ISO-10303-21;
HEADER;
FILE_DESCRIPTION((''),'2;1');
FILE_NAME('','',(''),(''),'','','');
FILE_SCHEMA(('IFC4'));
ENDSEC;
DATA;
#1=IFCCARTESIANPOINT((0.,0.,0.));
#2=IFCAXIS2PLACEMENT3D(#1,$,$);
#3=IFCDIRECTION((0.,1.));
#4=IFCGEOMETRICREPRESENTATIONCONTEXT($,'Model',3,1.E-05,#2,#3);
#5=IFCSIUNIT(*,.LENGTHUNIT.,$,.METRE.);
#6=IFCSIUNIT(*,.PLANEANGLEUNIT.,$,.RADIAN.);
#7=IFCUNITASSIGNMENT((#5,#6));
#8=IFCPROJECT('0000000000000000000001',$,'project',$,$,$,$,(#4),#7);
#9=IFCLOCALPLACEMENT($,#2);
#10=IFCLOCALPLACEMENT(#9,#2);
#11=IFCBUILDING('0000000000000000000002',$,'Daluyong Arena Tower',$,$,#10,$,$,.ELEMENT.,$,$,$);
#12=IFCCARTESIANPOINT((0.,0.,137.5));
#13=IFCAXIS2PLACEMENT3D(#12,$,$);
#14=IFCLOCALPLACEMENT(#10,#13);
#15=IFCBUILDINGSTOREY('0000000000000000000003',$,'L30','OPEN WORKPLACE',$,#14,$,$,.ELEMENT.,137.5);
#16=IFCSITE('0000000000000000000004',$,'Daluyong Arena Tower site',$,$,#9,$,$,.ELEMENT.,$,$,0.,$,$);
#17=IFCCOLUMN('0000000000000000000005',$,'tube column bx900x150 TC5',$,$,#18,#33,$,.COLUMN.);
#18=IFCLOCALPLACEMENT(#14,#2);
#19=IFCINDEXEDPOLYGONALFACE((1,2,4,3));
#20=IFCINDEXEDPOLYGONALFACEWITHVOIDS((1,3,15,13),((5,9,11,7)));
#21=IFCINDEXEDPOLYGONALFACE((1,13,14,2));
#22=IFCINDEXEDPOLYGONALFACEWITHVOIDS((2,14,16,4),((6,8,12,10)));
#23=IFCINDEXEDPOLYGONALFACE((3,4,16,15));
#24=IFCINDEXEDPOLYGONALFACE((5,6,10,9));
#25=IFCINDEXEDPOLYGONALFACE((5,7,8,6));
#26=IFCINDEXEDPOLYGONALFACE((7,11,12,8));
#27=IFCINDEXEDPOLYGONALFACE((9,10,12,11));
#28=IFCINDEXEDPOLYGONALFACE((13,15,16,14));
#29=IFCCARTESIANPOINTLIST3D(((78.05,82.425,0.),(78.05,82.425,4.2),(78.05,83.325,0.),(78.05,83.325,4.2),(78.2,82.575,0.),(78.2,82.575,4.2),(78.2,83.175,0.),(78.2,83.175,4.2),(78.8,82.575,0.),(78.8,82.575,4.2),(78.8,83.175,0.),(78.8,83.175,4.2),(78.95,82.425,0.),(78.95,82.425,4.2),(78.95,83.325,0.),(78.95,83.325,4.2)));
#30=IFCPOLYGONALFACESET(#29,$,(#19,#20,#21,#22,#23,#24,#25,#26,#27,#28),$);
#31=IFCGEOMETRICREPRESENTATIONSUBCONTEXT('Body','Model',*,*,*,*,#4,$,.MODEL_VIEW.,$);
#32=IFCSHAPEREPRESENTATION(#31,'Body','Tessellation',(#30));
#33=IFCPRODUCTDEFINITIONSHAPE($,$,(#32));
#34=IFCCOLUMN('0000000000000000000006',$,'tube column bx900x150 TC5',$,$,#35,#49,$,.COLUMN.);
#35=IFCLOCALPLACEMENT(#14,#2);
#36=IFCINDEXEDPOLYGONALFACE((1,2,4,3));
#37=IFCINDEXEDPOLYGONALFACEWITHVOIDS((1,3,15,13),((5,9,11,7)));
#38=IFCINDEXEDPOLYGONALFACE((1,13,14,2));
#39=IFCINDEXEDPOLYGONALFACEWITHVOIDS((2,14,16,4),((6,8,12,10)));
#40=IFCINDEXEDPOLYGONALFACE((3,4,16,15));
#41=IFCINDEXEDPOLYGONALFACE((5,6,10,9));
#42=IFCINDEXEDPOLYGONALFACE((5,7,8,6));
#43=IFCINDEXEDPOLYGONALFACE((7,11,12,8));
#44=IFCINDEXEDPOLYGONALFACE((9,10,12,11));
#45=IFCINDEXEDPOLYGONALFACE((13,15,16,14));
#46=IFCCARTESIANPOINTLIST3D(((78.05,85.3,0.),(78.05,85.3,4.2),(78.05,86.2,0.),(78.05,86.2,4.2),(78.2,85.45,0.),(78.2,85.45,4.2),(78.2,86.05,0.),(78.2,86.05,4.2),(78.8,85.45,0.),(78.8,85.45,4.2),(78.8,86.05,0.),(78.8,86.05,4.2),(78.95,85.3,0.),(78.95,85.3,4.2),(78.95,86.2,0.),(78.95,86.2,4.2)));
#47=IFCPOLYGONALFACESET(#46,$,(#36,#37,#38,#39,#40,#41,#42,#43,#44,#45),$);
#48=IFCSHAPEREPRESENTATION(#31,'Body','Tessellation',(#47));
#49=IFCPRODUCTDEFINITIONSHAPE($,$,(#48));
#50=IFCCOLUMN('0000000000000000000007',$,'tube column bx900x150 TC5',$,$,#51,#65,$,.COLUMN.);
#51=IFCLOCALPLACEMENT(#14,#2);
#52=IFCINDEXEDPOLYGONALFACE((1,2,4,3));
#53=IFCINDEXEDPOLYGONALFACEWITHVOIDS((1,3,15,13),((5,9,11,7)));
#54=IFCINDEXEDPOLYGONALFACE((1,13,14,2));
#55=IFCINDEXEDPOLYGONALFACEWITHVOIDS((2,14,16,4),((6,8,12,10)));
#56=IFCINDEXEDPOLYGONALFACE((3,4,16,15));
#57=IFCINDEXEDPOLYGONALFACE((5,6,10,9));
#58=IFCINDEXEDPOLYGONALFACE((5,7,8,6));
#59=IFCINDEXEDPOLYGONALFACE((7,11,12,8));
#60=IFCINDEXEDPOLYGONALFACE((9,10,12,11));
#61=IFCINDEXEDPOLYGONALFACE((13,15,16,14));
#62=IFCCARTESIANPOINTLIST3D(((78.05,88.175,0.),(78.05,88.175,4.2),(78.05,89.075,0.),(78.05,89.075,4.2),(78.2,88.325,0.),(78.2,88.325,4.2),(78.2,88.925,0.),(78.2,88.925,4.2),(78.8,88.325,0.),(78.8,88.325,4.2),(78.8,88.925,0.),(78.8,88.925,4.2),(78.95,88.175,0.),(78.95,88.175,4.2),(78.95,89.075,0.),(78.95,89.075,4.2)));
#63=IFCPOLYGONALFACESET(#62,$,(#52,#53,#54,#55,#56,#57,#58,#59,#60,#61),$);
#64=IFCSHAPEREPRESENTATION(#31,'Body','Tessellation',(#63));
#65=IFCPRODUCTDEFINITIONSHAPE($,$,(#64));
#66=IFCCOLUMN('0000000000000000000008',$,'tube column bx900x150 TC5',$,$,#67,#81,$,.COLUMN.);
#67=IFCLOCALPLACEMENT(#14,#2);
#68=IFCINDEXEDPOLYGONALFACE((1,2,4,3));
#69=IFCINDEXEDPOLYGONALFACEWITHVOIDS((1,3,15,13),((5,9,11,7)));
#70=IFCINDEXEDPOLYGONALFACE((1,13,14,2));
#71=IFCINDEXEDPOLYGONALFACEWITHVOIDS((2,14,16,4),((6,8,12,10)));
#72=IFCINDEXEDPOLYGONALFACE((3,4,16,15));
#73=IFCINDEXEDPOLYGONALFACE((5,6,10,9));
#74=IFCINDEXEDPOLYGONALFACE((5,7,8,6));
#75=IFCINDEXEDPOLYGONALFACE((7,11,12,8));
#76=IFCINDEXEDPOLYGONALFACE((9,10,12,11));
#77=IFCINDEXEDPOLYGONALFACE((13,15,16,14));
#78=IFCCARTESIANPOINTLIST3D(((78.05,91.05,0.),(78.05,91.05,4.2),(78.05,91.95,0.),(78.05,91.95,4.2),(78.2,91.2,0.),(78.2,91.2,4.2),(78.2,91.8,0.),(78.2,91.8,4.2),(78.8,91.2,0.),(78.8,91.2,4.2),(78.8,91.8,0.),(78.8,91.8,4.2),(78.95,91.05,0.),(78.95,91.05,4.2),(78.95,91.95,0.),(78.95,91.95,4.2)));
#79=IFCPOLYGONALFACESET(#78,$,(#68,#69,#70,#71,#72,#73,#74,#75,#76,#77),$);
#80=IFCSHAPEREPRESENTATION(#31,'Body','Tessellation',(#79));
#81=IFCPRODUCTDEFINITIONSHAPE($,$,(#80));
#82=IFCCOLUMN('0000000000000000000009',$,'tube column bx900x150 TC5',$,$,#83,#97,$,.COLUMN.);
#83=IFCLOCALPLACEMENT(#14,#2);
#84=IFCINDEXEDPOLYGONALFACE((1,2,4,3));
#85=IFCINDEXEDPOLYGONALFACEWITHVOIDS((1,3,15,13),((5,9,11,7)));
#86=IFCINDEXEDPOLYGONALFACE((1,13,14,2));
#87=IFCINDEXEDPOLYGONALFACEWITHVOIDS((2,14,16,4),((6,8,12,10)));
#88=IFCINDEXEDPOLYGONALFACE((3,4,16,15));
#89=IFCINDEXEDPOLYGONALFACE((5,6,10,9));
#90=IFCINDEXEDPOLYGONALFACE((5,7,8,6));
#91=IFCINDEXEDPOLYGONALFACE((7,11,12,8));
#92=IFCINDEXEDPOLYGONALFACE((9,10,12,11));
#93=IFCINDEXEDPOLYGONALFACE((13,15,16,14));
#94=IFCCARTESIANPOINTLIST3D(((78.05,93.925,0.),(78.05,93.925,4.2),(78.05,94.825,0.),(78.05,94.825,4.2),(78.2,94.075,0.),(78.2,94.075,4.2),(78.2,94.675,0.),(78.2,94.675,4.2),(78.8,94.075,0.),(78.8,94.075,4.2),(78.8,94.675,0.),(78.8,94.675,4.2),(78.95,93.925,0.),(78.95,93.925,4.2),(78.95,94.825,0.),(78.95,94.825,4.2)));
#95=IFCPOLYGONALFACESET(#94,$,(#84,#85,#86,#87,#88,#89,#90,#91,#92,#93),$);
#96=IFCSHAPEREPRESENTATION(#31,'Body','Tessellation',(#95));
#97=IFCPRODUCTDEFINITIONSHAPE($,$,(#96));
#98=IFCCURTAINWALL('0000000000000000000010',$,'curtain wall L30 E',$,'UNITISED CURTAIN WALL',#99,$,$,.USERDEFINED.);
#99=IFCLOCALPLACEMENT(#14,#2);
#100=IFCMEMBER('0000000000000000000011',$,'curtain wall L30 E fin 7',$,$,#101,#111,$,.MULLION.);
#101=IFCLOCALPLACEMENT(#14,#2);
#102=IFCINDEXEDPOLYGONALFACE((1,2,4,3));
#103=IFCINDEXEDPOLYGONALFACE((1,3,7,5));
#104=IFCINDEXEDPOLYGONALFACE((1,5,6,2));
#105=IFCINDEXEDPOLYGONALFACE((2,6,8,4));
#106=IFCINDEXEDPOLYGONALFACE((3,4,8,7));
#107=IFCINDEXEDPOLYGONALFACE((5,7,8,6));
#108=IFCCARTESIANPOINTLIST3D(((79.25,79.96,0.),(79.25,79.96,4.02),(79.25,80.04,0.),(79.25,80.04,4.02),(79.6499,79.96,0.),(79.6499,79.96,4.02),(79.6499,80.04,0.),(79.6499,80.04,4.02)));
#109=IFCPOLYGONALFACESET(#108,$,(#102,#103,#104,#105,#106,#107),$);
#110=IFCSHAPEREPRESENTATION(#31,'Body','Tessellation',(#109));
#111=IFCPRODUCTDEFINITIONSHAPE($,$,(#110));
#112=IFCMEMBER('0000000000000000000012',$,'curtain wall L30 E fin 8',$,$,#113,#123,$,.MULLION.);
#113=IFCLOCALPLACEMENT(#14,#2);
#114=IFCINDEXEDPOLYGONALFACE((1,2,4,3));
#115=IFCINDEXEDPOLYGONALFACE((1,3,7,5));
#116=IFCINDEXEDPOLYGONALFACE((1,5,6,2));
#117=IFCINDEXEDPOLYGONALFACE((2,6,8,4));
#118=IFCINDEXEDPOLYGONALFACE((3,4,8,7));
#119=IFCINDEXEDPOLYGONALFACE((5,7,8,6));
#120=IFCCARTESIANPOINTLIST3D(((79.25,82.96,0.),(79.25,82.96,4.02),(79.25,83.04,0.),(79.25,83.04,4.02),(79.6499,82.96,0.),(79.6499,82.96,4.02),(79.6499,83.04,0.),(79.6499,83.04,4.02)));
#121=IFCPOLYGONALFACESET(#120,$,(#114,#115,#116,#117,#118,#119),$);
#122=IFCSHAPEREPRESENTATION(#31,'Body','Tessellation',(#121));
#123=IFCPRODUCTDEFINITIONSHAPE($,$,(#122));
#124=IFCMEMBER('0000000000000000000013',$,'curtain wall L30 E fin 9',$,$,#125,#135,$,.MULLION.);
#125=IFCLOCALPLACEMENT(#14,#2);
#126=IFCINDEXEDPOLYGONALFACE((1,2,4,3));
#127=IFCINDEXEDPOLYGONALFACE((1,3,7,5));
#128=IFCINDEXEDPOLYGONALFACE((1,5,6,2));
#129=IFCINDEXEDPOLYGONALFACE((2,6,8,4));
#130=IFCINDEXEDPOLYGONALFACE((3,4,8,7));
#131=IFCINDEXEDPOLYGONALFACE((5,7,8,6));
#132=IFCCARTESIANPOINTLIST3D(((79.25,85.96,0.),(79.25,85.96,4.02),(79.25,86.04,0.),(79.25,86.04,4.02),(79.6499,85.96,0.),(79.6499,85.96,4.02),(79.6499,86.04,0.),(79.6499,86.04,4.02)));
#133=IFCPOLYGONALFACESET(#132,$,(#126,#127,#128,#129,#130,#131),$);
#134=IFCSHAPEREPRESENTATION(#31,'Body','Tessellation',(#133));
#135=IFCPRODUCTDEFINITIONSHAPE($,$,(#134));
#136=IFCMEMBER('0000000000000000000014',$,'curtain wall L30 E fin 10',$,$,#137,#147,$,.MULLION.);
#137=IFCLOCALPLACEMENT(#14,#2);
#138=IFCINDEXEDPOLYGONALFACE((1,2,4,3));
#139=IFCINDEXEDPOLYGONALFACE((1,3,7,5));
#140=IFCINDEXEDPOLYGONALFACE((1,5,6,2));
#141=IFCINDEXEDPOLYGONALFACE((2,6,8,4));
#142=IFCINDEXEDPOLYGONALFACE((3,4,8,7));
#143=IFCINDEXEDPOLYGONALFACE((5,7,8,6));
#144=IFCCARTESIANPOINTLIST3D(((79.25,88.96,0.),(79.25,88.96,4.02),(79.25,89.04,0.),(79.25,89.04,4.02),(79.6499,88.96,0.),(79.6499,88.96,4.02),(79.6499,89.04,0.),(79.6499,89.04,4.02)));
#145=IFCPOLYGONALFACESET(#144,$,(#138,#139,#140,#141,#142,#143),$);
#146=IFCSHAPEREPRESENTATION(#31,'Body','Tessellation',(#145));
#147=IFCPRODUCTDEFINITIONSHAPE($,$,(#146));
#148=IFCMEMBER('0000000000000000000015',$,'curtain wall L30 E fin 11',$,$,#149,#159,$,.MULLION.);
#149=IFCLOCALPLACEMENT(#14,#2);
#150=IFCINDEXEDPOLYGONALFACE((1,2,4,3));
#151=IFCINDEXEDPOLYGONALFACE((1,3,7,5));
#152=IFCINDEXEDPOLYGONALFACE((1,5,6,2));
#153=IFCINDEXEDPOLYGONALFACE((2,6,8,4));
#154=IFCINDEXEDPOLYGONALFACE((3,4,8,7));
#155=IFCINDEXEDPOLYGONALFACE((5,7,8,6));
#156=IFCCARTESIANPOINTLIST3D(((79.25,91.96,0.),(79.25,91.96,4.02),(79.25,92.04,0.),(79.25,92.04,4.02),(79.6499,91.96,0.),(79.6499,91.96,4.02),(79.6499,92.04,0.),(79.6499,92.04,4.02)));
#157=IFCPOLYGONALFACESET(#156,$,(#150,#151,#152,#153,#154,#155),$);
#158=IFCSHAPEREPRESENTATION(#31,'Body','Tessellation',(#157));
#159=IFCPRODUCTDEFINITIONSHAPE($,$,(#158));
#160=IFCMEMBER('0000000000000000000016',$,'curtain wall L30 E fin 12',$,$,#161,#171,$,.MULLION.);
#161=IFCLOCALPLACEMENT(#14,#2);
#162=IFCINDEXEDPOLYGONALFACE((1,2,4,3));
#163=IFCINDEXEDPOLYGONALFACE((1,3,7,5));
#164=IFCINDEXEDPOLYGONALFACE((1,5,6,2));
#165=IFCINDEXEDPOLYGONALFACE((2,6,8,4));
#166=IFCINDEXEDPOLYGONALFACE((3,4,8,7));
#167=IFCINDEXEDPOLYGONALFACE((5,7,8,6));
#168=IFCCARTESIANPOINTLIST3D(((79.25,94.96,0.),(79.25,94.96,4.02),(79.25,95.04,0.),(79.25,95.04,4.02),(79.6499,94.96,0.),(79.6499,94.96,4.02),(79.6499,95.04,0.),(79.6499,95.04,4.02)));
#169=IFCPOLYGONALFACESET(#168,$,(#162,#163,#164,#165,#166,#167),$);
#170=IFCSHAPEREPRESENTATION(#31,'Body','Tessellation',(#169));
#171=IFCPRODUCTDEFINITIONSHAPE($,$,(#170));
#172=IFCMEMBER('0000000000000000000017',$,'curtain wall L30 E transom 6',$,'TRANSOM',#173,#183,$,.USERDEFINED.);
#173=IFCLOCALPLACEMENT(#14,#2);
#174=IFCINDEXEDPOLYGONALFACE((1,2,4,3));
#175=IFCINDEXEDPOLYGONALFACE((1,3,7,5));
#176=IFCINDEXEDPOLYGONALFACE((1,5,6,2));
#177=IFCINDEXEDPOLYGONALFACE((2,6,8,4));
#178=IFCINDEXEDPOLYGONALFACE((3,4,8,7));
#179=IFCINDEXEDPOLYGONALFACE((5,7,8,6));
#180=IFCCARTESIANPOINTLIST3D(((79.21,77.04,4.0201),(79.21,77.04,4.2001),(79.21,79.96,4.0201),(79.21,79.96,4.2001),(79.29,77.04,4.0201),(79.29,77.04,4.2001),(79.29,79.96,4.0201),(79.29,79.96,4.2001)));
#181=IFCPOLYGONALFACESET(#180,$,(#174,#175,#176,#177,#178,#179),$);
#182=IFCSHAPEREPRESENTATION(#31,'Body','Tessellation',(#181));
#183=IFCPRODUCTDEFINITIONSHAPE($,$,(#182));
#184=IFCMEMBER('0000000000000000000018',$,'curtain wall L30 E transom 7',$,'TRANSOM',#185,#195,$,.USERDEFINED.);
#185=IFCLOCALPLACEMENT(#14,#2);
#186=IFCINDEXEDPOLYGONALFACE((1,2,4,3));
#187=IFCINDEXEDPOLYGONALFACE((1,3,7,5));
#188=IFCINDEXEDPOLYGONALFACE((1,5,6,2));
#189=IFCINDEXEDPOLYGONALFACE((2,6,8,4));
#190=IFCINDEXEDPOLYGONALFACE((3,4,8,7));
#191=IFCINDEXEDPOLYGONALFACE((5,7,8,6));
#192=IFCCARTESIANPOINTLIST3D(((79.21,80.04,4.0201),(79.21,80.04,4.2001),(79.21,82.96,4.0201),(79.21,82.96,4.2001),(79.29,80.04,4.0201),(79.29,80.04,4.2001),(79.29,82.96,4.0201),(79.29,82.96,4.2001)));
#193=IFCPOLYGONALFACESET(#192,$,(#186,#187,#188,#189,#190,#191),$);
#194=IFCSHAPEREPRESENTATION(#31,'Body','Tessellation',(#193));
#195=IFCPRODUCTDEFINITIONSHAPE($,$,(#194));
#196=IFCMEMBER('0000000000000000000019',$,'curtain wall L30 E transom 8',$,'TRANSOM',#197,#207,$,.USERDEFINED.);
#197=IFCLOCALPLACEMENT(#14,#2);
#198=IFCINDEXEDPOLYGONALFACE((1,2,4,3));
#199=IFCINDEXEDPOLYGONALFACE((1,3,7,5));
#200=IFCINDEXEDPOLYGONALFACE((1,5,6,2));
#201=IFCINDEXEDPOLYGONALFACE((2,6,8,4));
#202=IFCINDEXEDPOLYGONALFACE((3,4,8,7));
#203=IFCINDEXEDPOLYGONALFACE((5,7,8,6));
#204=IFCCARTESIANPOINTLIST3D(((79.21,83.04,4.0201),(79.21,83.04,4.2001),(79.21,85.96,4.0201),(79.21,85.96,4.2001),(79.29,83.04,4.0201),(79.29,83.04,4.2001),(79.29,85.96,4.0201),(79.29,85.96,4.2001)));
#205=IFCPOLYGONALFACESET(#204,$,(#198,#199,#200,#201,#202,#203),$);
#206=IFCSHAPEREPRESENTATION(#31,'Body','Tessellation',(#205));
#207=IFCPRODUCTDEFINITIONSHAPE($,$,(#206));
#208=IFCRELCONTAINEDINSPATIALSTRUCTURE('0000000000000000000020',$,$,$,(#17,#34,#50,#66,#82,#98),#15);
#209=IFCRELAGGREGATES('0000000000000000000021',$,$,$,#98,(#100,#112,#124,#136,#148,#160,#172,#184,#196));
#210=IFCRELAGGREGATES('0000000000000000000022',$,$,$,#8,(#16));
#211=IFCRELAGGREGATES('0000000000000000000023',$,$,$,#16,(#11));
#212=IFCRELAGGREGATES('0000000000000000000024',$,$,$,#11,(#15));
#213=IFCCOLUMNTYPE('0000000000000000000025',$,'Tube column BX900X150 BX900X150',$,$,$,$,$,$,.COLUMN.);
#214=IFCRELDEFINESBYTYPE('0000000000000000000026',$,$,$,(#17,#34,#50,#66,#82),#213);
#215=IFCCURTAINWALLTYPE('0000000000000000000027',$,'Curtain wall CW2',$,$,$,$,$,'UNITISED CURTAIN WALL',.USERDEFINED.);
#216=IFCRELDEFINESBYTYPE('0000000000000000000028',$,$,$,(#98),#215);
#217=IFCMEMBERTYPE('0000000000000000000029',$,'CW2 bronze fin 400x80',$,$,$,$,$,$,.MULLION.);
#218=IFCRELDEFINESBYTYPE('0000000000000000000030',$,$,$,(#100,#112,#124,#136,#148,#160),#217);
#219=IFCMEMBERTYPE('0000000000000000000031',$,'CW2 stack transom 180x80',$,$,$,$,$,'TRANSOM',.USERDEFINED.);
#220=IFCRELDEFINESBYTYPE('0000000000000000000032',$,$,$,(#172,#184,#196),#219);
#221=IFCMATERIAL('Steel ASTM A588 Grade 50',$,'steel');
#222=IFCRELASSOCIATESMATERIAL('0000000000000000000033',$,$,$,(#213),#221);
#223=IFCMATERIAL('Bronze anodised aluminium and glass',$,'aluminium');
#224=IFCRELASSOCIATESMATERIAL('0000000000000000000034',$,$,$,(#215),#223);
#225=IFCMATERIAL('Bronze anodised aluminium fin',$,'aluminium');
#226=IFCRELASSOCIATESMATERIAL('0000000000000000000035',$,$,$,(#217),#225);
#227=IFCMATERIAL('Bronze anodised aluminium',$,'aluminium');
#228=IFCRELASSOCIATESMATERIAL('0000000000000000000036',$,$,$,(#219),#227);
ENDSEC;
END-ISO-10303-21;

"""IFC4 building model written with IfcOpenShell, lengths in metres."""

from ifc_helpers import new_model, si_unit, direction, frame, origin, origin_2d, place, context, subcontext, project, spatial, rectangle, hollow_rectangle, extrude, material, material_profile, profile_set, type_object, element, aggregate, save


model = new_model("IFC4")

# Units and contexts
model_context = context("Model", 3, precision=1e-05, world=origin(), true_north=direction((0.0, 1.0)))
body_context = subcontext(model_context, "Body", "Model", "MODEL_VIEW")
ifc_project = project(units=[si_unit("LENGTHUNIT", "METRE"), si_unit("PLANEANGLEUNIT", "RADIAN")], contexts=[model_context])

# Site, building, storey
site_placement = place(None, origin())
site = spatial("IfcSite", under=ifc_project, at=site_placement, Name="Daluyong Arena Tower site", CompositionType="ELEMENT", RefElevation=0.0)
building_placement = place(site_placement, origin())
building = spatial("IfcBuilding", under=site, at=building_placement, Name="Daluyong Arena Tower", CompositionType="ELEMENT")
storey_placement = place(building_placement, frame((0.0, 0.0, 137.5)))
storey = spatial("IfcBuildingStorey", under=building, at=storey_placement, Name="L30", Description="OPEN WORKPLACE", CompositionType="ELEMENT", Elevation=137.5)

# Columns
ifc_material_1 = material(Name="Steel ASTM A588 Grade 50", Category="steel")
ifc_material_profile_1 = material_profile(ifc_material_1, hollow_rectangle(XDim=0.8999, YDim=0.8999, WallThickness=0.15, at=origin_2d()))
ifc_profile_set_1 = profile_set([ifc_material_profile_1], Name="Steel ASTM A588 Grade 50")
column_type = type_object("IfcColumnType", Name="Tube column BX900X150 BX900X150", PredefinedType="COLUMN", material=ifc_profile_set_1)
for number, where, z_axis, x_axis, name in (
    (1, (78.5, 82.875, 0.0), (0.0, 0.0, 1.0), (0.0, 1.0, 0.0), "tube column bx900x150 TC5"),
    (2, (78.5, 85.75, 0.0), (0.0, 0.0, 1.0), (0.0, 1.0, 0.0), "tube column bx900x150 TC5"),
    (3, (78.5, 88.625, 0.0), (0.0, 0.0, 1.0), (0.0, 1.0, 0.0), "tube column bx900x150 TC5"),
    (4, (78.5, 91.5, 0.0), (0.0, 0.0, 1.0), (0.0, 1.0, 0.0), "tube column bx900x150 TC5"),
    (5, (78.5, 94.375, 0.0), (0.0, 0.0, 1.0), (0.0, 1.0, 0.0), "tube column bx900x150 TC5"),
):
    element("IfcColumn", number, at=place(storey_placement, frame(where, z_axis=z_axis, x_axis=x_axis)), inside=storey, type_object=column_type, Name=name, PredefinedType="COLUMN", context=body_context, shape_type="SweptSolid", body=[
        extrude(hollow_rectangle(XDim=0.8999, YDim=0.8999, WallThickness=0.15, at=origin_2d()), origin(), (0.0, 0.0, 1.0), 4.2),
    ])

# Curtain wall, members
ifc_material_2 = material(Name="Bronze anodised aluminium and glass", Category="aluminium")
curtain_wall_type = type_object("IfcCurtainWallType", Name="Curtain wall CW2", ElementType="UNITISED CURTAIN WALL", PredefinedType="USERDEFINED", material=ifc_material_2)
curtain_wall_placement = place(storey_placement, origin())
curtain_wall = element("IfcCurtainWall", 6, at=curtain_wall_placement, inside=storey, type_object=curtain_wall_type, Name="curtain wall L30 E", ObjectType="UNITISED CURTAIN WALL", PredefinedType="USERDEFINED")
ifc_material_3 = material(Name="Bronze anodised aluminium fin", Category="aluminium")
ifc_material_profile_2 = material_profile(ifc_material_3, rectangle(XDim=0.3999, YDim=0.0801, at=origin_2d()))
ifc_profile_set_2 = profile_set([ifc_material_profile_2], Name="Bronze anodised aluminium fin")
member_type_1 = type_object("IfcMemberType", Name="CW2 bronze fin 400x80", PredefinedType="MULLION", material=ifc_profile_set_2)
member_1_placement = place(storey_placement, frame((79.45, 80.0, 0.0), z_axis=(0.0, 0.0, 1.0), x_axis=(-1.0, 0.0, 0.0)))
member_1 = element("IfcMember", 7, at=member_1_placement, type_object=member_type_1, Name="curtain wall L30 E fin 7", PredefinedType="MULLION", context=body_context, shape_type="SweptSolid", body=[
    extrude(rectangle(XDim=0.3999, YDim=0.0801, at=origin_2d()), origin(), (0.0, 0.0, 1.0), 4.02),
])
member_2_placement = place(storey_placement, frame((79.45, 83.0, 0.0), z_axis=(0.0, 0.0, 1.0), x_axis=(-1.0, 0.0, 0.0)))
member_2 = element("IfcMember", 8, at=member_2_placement, type_object=member_type_1, Name="curtain wall L30 E fin 8", PredefinedType="MULLION", context=body_context, shape_type="SweptSolid", body=[
    extrude(rectangle(XDim=0.3999, YDim=0.0801, at=origin_2d()), origin(), (0.0, 0.0, 1.0), 4.02),
])
member_3_placement = place(storey_placement, frame((79.45, 86.0, 0.0), z_axis=(0.0, 0.0, 1.0), x_axis=(-1.0, 0.0, 0.0)))
member_3 = element("IfcMember", 9, at=member_3_placement, type_object=member_type_1, Name="curtain wall L30 E fin 9", PredefinedType="MULLION", context=body_context, shape_type="SweptSolid", body=[
    extrude(rectangle(XDim=0.3999, YDim=0.0801, at=origin_2d()), origin(), (0.0, 0.0, 1.0), 4.02),
])
member_4_placement = place(storey_placement, frame((79.45, 89.0, 0.0), z_axis=(0.0, 0.0, 1.0), x_axis=(-1.0, 0.0, 0.0)))
member_4 = element("IfcMember", 10, at=member_4_placement, type_object=member_type_1, Name="curtain wall L30 E fin 10", PredefinedType="MULLION", context=body_context, shape_type="SweptSolid", body=[
    extrude(rectangle(XDim=0.3999, YDim=0.0801, at=origin_2d()), origin(), (0.0, 0.0, 1.0), 4.02),
])
member_5_placement = place(storey_placement, frame((79.45, 92.0, 0.0), z_axis=(0.0, 0.0, 1.0), x_axis=(-1.0, 0.0, 0.0)))
member_5 = element("IfcMember", 11, at=member_5_placement, type_object=member_type_1, Name="curtain wall L30 E fin 11", PredefinedType="MULLION", context=body_context, shape_type="SweptSolid", body=[
    extrude(rectangle(XDim=0.3999, YDim=0.0801, at=origin_2d()), origin(), (0.0, 0.0, 1.0), 4.02),
])
member_6_placement = place(storey_placement, frame((79.45, 95.0, 0.0), z_axis=(0.0, 0.0, 1.0), x_axis=(-1.0, 0.0, 0.0)))
member_6 = element("IfcMember", 12, at=member_6_placement, type_object=member_type_1, Name="curtain wall L30 E fin 12", PredefinedType="MULLION", context=body_context, shape_type="SweptSolid", body=[
    extrude(rectangle(XDim=0.3999, YDim=0.0801, at=origin_2d()), origin(), (0.0, 0.0, 1.0), 4.02),
])
ifc_material_4 = material(Name="Bronze anodised aluminium", Category="aluminium")
ifc_material_profile_3 = material_profile(ifc_material_4, rectangle(XDim=0.0801, YDim=0.1799, at=origin_2d()))
ifc_profile_set_3 = profile_set([ifc_material_profile_3], Name="Bronze anodised aluminium")
member_type_2 = type_object("IfcMemberType", Name="CW2 stack transom 180x80", ElementType="TRANSOM", PredefinedType="USERDEFINED", material=ifc_profile_set_3)
member_7_placement = place(storey_placement, frame((79.25, 77.04, 4.1101), z_axis=(0.0, 1.0, 0.0), x_axis=(-1.0, 0.0, 0.0)))
member_7 = element("IfcMember", 13, at=member_7_placement, type_object=member_type_2, Name="curtain wall L30 E transom 6", ObjectType="TRANSOM", PredefinedType="USERDEFINED", context=body_context, shape_type="SweptSolid", body=[
    extrude(rectangle(XDim=0.0801, YDim=0.1799, at=origin_2d()), origin(), (0.0, 0.0, 1.0), 2.9199),
])
member_8_placement = place(storey_placement, frame((79.25, 80.04, 4.1101), z_axis=(0.0, 1.0, 0.0), x_axis=(-1.0, 0.0, 0.0)))
member_8 = element("IfcMember", 14, at=member_8_placement, type_object=member_type_2, Name="curtain wall L30 E transom 7", ObjectType="TRANSOM", PredefinedType="USERDEFINED", context=body_context, shape_type="SweptSolid", body=[
    extrude(rectangle(XDim=0.0801, YDim=0.1799, at=origin_2d()), origin(), (0.0, 0.0, 1.0), 2.9199),
])
member_9_placement = place(storey_placement, frame((79.25, 83.04, 4.1101), z_axis=(0.0, 1.0, 0.0), x_axis=(-1.0, 0.0, 0.0)))
member_9 = element("IfcMember", 15, at=member_9_placement, type_object=member_type_2, Name="curtain wall L30 E transom 8", ObjectType="TRANSOM", PredefinedType="USERDEFINED", context=body_context, shape_type="SweptSolid", body=[
    extrude(rectangle(XDim=0.0801, YDim=0.1799, at=origin_2d()), origin(), (0.0, 0.0, 1.0), 2.9199),
])

aggregate(curtain_wall, [member_1, member_2, member_3, member_4, member_5, member_6, member_7, member_8, member_9])

save(model, "model.ifc")
